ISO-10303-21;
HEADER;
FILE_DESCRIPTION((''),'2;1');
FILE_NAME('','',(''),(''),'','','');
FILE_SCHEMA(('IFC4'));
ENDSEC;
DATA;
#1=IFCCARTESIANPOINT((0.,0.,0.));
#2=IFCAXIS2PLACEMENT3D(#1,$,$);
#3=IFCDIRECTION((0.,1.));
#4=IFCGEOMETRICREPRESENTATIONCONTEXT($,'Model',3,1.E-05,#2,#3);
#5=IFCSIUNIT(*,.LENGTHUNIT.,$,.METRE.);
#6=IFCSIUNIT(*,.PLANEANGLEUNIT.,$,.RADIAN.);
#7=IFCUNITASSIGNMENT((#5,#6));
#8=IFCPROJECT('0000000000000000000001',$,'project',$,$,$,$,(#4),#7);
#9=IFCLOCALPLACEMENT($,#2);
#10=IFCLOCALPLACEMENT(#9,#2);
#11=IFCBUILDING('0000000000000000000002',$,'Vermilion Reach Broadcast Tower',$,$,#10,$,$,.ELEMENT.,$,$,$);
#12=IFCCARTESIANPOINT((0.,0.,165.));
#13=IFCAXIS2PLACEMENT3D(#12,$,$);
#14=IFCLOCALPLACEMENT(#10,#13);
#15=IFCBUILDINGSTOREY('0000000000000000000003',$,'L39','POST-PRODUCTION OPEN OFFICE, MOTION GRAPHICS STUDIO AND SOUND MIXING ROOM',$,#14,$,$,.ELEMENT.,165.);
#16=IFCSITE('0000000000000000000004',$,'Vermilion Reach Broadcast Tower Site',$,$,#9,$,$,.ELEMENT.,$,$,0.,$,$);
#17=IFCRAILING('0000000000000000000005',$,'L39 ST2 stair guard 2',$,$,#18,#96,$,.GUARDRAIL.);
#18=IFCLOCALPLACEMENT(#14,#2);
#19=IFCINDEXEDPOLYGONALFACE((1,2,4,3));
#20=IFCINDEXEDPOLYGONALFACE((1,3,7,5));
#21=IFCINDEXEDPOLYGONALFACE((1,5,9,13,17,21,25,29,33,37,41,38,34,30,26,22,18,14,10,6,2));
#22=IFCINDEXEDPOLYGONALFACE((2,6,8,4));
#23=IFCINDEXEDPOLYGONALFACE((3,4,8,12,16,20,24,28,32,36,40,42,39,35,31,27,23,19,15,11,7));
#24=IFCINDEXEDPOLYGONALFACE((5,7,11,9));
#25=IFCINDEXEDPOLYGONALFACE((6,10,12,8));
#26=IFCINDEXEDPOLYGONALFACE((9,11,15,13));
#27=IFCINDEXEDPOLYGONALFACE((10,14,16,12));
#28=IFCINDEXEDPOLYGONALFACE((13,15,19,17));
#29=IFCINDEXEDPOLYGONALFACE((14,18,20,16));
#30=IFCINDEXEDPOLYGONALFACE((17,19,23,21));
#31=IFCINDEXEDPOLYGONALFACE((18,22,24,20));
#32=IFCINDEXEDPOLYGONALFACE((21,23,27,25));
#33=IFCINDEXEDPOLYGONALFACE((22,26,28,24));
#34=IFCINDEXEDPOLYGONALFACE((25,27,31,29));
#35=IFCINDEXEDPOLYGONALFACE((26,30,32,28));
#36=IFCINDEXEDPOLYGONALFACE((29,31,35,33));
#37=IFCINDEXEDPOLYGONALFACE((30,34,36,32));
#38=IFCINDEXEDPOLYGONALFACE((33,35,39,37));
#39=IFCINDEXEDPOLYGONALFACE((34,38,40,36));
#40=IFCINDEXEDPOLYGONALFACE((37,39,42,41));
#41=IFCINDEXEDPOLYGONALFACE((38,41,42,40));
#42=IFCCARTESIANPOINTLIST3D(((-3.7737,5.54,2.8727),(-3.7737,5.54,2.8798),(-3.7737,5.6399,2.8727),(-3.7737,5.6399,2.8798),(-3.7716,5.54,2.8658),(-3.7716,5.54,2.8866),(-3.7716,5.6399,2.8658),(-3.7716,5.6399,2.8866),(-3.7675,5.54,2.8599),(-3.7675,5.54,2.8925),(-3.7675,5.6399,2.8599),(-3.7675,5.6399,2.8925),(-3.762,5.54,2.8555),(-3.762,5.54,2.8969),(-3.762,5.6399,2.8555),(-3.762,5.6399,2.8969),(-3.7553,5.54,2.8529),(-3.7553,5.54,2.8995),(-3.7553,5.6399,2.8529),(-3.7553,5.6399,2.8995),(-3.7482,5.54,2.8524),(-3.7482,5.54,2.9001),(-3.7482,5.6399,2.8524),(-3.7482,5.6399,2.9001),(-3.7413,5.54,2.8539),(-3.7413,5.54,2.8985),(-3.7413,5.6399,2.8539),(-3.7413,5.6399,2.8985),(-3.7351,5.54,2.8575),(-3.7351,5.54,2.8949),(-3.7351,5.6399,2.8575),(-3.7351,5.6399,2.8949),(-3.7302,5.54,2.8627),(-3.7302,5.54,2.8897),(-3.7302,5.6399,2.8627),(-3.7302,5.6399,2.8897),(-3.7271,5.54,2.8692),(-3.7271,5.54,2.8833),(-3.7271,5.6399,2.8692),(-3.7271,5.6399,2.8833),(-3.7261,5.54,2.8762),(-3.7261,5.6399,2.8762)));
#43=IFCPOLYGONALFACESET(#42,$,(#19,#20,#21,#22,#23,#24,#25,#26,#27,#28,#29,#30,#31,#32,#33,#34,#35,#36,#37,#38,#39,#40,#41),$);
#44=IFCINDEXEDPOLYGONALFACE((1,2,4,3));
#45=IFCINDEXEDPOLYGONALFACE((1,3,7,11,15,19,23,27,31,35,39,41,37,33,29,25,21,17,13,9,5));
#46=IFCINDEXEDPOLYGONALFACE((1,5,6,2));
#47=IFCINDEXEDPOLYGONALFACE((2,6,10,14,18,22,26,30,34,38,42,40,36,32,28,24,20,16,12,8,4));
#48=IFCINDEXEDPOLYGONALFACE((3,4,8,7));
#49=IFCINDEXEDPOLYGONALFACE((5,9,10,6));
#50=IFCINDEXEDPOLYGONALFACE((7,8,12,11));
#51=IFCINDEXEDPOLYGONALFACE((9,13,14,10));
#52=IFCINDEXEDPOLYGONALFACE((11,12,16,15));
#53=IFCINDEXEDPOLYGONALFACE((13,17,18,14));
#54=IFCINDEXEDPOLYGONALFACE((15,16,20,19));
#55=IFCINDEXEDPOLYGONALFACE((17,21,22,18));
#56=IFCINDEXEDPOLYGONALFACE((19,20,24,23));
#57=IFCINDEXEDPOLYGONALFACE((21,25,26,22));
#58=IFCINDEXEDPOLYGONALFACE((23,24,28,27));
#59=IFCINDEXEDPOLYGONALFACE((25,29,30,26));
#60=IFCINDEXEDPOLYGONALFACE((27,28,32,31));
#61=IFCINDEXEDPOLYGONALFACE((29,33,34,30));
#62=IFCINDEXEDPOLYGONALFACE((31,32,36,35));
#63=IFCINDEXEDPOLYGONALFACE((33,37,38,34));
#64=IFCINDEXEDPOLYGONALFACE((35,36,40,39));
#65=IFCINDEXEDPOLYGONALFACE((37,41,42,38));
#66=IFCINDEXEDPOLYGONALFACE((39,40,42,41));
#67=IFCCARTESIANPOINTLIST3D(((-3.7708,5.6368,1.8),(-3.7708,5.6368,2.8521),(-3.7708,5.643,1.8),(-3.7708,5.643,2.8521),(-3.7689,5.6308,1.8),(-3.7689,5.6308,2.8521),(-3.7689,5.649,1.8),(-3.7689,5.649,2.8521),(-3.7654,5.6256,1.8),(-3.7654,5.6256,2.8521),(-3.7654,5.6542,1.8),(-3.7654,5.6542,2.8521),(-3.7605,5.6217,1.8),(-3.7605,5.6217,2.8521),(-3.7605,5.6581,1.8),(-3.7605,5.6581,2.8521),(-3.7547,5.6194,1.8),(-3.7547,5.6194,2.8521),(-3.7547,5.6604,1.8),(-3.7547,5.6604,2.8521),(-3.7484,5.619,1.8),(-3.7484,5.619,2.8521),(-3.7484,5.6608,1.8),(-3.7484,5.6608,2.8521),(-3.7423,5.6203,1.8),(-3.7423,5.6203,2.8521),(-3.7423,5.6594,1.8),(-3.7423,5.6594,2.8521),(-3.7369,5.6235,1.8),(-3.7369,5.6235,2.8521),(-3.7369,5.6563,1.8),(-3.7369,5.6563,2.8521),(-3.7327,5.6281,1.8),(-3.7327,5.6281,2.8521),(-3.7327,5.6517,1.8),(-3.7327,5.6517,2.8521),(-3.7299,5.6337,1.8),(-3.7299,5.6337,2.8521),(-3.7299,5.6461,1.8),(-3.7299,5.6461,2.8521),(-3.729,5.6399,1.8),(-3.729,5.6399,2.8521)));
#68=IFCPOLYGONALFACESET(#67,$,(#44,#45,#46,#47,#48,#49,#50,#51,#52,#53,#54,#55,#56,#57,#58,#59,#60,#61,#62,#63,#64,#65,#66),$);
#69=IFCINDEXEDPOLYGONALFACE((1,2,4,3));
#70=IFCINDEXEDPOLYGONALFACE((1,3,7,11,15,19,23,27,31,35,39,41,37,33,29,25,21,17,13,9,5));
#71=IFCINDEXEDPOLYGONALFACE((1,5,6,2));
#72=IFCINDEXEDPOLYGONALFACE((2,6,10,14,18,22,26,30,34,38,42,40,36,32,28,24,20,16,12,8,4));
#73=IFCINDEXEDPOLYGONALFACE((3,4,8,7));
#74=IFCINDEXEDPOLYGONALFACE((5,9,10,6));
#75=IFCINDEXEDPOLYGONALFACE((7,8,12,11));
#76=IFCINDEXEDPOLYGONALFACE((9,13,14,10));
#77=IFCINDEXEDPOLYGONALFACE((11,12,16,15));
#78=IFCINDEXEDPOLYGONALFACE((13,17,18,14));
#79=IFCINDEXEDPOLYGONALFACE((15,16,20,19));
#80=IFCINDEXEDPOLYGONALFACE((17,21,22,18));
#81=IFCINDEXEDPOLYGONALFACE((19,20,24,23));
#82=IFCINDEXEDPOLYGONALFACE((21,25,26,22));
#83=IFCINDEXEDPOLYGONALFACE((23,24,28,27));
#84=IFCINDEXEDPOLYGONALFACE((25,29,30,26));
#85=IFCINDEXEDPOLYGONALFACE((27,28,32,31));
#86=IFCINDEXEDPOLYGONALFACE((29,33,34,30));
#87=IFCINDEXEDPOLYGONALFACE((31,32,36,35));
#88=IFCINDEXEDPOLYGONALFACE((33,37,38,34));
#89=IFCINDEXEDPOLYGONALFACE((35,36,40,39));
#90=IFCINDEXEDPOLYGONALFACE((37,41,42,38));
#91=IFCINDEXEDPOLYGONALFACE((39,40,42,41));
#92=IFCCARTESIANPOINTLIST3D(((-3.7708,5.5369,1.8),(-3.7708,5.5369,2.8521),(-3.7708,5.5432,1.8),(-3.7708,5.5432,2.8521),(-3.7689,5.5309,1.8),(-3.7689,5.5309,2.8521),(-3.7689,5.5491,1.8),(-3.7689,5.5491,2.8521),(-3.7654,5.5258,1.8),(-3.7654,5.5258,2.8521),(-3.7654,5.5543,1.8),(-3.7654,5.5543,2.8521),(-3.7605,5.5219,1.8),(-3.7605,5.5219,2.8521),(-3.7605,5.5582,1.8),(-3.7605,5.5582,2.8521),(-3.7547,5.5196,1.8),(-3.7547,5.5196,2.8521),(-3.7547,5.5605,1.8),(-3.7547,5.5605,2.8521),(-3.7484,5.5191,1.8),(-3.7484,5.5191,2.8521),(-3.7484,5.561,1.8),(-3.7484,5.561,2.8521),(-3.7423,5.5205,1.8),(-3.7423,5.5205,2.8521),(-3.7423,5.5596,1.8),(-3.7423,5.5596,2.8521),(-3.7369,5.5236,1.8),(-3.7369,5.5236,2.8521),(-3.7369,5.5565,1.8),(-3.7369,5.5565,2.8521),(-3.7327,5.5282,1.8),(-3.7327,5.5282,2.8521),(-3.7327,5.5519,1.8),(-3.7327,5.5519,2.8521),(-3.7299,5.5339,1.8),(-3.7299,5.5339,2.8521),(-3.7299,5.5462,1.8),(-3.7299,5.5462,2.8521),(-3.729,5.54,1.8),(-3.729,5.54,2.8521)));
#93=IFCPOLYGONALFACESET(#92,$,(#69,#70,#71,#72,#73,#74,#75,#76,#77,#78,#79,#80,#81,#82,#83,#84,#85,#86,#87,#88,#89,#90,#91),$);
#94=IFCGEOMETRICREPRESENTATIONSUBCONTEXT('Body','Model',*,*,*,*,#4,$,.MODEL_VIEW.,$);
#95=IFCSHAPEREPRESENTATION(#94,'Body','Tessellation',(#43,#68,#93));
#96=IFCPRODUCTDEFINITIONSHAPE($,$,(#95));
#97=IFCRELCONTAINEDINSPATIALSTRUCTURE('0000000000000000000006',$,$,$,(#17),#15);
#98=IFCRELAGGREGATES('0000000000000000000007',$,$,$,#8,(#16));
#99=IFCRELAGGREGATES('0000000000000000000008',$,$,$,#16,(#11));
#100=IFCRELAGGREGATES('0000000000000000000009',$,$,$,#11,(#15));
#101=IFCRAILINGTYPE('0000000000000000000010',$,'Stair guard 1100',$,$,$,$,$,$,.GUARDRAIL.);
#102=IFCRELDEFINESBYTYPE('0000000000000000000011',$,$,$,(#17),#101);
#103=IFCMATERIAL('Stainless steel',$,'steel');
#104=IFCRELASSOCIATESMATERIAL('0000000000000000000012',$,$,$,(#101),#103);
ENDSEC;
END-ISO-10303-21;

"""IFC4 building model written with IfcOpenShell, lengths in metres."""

from ifc_helpers import new_model, si_unit, direction, frame, origin, origin_2d, place, context, subcontext, project, spatial, circle, extrude, material, type_object, element, save


model = new_model("IFC4")

# Units and contexts
model_context = context("Model", 3, precision=1e-05, world=origin(), true_north=direction((0.0, 1.0)))
body_context = subcontext(model_context, "Body", "Model", "MODEL_VIEW")
ifc_project = project(units=[si_unit("LENGTHUNIT", "METRE"), si_unit("PLANEANGLEUNIT", "RADIAN")], contexts=[model_context])

# Site, building, storey
site_placement = place(None, origin())
site = spatial("IfcSite", under=ifc_project, at=site_placement, Name="Vermilion Reach Broadcast Tower Site", CompositionType="ELEMENT", RefElevation=0.0)
building_placement = place(site_placement, origin())
building = spatial("IfcBuilding", under=site, at=building_placement, Name="Vermilion Reach Broadcast Tower", CompositionType="ELEMENT")
storey_placement = place(building_placement, frame((0.0, 0.0, 165.0)))
storey = spatial("IfcBuildingStorey", under=building, at=storey_placement, Name="L39", Description="POST-PRODUCTION OPEN OFFICE, MOTION GRAPHICS STUDIO AND SOUND MIXING ROOM", CompositionType="ELEMENT", Elevation=165.0)

# Railing
ifc_material_1 = material(Name="Stainless steel", Category="steel")
railing_type_1 = type_object("IfcRailingType", Name="Stair guard 1100", PredefinedType="GUARDRAIL", material=ifc_material_1)
railing_1_placement = place(storey_placement, frame((-3.75, 5.6399, 1.8)))
element("IfcRailing", 1, at=railing_1_placement, inside=storey, type_object=railing_type_1, Name="L39 ST2 stair guard 2", PredefinedType="GUARDRAIL", context=body_context, shape_type="SweptSolid", body=[
    extrude(circle(Radius=0.0239, at=origin_2d()), frame((0.0, 0.0, 1.0762), z_axis=(0.0, -1.0, 0.0), x_axis=(1.0, 0.0, 0.0)), (0.0, 0.0, 1.0), 0.0999),
    extrude(circle(Radius=0.021, at=origin_2d()), origin(), (0.0, 0.0, 1.0), 1.052),
    extrude(circle(Radius=0.021, at=origin_2d()), frame((0.0, -0.0999, 0.0)), (0.0, 0.0, 1.0), 1.052),
])

save(model, "model.ifc")
